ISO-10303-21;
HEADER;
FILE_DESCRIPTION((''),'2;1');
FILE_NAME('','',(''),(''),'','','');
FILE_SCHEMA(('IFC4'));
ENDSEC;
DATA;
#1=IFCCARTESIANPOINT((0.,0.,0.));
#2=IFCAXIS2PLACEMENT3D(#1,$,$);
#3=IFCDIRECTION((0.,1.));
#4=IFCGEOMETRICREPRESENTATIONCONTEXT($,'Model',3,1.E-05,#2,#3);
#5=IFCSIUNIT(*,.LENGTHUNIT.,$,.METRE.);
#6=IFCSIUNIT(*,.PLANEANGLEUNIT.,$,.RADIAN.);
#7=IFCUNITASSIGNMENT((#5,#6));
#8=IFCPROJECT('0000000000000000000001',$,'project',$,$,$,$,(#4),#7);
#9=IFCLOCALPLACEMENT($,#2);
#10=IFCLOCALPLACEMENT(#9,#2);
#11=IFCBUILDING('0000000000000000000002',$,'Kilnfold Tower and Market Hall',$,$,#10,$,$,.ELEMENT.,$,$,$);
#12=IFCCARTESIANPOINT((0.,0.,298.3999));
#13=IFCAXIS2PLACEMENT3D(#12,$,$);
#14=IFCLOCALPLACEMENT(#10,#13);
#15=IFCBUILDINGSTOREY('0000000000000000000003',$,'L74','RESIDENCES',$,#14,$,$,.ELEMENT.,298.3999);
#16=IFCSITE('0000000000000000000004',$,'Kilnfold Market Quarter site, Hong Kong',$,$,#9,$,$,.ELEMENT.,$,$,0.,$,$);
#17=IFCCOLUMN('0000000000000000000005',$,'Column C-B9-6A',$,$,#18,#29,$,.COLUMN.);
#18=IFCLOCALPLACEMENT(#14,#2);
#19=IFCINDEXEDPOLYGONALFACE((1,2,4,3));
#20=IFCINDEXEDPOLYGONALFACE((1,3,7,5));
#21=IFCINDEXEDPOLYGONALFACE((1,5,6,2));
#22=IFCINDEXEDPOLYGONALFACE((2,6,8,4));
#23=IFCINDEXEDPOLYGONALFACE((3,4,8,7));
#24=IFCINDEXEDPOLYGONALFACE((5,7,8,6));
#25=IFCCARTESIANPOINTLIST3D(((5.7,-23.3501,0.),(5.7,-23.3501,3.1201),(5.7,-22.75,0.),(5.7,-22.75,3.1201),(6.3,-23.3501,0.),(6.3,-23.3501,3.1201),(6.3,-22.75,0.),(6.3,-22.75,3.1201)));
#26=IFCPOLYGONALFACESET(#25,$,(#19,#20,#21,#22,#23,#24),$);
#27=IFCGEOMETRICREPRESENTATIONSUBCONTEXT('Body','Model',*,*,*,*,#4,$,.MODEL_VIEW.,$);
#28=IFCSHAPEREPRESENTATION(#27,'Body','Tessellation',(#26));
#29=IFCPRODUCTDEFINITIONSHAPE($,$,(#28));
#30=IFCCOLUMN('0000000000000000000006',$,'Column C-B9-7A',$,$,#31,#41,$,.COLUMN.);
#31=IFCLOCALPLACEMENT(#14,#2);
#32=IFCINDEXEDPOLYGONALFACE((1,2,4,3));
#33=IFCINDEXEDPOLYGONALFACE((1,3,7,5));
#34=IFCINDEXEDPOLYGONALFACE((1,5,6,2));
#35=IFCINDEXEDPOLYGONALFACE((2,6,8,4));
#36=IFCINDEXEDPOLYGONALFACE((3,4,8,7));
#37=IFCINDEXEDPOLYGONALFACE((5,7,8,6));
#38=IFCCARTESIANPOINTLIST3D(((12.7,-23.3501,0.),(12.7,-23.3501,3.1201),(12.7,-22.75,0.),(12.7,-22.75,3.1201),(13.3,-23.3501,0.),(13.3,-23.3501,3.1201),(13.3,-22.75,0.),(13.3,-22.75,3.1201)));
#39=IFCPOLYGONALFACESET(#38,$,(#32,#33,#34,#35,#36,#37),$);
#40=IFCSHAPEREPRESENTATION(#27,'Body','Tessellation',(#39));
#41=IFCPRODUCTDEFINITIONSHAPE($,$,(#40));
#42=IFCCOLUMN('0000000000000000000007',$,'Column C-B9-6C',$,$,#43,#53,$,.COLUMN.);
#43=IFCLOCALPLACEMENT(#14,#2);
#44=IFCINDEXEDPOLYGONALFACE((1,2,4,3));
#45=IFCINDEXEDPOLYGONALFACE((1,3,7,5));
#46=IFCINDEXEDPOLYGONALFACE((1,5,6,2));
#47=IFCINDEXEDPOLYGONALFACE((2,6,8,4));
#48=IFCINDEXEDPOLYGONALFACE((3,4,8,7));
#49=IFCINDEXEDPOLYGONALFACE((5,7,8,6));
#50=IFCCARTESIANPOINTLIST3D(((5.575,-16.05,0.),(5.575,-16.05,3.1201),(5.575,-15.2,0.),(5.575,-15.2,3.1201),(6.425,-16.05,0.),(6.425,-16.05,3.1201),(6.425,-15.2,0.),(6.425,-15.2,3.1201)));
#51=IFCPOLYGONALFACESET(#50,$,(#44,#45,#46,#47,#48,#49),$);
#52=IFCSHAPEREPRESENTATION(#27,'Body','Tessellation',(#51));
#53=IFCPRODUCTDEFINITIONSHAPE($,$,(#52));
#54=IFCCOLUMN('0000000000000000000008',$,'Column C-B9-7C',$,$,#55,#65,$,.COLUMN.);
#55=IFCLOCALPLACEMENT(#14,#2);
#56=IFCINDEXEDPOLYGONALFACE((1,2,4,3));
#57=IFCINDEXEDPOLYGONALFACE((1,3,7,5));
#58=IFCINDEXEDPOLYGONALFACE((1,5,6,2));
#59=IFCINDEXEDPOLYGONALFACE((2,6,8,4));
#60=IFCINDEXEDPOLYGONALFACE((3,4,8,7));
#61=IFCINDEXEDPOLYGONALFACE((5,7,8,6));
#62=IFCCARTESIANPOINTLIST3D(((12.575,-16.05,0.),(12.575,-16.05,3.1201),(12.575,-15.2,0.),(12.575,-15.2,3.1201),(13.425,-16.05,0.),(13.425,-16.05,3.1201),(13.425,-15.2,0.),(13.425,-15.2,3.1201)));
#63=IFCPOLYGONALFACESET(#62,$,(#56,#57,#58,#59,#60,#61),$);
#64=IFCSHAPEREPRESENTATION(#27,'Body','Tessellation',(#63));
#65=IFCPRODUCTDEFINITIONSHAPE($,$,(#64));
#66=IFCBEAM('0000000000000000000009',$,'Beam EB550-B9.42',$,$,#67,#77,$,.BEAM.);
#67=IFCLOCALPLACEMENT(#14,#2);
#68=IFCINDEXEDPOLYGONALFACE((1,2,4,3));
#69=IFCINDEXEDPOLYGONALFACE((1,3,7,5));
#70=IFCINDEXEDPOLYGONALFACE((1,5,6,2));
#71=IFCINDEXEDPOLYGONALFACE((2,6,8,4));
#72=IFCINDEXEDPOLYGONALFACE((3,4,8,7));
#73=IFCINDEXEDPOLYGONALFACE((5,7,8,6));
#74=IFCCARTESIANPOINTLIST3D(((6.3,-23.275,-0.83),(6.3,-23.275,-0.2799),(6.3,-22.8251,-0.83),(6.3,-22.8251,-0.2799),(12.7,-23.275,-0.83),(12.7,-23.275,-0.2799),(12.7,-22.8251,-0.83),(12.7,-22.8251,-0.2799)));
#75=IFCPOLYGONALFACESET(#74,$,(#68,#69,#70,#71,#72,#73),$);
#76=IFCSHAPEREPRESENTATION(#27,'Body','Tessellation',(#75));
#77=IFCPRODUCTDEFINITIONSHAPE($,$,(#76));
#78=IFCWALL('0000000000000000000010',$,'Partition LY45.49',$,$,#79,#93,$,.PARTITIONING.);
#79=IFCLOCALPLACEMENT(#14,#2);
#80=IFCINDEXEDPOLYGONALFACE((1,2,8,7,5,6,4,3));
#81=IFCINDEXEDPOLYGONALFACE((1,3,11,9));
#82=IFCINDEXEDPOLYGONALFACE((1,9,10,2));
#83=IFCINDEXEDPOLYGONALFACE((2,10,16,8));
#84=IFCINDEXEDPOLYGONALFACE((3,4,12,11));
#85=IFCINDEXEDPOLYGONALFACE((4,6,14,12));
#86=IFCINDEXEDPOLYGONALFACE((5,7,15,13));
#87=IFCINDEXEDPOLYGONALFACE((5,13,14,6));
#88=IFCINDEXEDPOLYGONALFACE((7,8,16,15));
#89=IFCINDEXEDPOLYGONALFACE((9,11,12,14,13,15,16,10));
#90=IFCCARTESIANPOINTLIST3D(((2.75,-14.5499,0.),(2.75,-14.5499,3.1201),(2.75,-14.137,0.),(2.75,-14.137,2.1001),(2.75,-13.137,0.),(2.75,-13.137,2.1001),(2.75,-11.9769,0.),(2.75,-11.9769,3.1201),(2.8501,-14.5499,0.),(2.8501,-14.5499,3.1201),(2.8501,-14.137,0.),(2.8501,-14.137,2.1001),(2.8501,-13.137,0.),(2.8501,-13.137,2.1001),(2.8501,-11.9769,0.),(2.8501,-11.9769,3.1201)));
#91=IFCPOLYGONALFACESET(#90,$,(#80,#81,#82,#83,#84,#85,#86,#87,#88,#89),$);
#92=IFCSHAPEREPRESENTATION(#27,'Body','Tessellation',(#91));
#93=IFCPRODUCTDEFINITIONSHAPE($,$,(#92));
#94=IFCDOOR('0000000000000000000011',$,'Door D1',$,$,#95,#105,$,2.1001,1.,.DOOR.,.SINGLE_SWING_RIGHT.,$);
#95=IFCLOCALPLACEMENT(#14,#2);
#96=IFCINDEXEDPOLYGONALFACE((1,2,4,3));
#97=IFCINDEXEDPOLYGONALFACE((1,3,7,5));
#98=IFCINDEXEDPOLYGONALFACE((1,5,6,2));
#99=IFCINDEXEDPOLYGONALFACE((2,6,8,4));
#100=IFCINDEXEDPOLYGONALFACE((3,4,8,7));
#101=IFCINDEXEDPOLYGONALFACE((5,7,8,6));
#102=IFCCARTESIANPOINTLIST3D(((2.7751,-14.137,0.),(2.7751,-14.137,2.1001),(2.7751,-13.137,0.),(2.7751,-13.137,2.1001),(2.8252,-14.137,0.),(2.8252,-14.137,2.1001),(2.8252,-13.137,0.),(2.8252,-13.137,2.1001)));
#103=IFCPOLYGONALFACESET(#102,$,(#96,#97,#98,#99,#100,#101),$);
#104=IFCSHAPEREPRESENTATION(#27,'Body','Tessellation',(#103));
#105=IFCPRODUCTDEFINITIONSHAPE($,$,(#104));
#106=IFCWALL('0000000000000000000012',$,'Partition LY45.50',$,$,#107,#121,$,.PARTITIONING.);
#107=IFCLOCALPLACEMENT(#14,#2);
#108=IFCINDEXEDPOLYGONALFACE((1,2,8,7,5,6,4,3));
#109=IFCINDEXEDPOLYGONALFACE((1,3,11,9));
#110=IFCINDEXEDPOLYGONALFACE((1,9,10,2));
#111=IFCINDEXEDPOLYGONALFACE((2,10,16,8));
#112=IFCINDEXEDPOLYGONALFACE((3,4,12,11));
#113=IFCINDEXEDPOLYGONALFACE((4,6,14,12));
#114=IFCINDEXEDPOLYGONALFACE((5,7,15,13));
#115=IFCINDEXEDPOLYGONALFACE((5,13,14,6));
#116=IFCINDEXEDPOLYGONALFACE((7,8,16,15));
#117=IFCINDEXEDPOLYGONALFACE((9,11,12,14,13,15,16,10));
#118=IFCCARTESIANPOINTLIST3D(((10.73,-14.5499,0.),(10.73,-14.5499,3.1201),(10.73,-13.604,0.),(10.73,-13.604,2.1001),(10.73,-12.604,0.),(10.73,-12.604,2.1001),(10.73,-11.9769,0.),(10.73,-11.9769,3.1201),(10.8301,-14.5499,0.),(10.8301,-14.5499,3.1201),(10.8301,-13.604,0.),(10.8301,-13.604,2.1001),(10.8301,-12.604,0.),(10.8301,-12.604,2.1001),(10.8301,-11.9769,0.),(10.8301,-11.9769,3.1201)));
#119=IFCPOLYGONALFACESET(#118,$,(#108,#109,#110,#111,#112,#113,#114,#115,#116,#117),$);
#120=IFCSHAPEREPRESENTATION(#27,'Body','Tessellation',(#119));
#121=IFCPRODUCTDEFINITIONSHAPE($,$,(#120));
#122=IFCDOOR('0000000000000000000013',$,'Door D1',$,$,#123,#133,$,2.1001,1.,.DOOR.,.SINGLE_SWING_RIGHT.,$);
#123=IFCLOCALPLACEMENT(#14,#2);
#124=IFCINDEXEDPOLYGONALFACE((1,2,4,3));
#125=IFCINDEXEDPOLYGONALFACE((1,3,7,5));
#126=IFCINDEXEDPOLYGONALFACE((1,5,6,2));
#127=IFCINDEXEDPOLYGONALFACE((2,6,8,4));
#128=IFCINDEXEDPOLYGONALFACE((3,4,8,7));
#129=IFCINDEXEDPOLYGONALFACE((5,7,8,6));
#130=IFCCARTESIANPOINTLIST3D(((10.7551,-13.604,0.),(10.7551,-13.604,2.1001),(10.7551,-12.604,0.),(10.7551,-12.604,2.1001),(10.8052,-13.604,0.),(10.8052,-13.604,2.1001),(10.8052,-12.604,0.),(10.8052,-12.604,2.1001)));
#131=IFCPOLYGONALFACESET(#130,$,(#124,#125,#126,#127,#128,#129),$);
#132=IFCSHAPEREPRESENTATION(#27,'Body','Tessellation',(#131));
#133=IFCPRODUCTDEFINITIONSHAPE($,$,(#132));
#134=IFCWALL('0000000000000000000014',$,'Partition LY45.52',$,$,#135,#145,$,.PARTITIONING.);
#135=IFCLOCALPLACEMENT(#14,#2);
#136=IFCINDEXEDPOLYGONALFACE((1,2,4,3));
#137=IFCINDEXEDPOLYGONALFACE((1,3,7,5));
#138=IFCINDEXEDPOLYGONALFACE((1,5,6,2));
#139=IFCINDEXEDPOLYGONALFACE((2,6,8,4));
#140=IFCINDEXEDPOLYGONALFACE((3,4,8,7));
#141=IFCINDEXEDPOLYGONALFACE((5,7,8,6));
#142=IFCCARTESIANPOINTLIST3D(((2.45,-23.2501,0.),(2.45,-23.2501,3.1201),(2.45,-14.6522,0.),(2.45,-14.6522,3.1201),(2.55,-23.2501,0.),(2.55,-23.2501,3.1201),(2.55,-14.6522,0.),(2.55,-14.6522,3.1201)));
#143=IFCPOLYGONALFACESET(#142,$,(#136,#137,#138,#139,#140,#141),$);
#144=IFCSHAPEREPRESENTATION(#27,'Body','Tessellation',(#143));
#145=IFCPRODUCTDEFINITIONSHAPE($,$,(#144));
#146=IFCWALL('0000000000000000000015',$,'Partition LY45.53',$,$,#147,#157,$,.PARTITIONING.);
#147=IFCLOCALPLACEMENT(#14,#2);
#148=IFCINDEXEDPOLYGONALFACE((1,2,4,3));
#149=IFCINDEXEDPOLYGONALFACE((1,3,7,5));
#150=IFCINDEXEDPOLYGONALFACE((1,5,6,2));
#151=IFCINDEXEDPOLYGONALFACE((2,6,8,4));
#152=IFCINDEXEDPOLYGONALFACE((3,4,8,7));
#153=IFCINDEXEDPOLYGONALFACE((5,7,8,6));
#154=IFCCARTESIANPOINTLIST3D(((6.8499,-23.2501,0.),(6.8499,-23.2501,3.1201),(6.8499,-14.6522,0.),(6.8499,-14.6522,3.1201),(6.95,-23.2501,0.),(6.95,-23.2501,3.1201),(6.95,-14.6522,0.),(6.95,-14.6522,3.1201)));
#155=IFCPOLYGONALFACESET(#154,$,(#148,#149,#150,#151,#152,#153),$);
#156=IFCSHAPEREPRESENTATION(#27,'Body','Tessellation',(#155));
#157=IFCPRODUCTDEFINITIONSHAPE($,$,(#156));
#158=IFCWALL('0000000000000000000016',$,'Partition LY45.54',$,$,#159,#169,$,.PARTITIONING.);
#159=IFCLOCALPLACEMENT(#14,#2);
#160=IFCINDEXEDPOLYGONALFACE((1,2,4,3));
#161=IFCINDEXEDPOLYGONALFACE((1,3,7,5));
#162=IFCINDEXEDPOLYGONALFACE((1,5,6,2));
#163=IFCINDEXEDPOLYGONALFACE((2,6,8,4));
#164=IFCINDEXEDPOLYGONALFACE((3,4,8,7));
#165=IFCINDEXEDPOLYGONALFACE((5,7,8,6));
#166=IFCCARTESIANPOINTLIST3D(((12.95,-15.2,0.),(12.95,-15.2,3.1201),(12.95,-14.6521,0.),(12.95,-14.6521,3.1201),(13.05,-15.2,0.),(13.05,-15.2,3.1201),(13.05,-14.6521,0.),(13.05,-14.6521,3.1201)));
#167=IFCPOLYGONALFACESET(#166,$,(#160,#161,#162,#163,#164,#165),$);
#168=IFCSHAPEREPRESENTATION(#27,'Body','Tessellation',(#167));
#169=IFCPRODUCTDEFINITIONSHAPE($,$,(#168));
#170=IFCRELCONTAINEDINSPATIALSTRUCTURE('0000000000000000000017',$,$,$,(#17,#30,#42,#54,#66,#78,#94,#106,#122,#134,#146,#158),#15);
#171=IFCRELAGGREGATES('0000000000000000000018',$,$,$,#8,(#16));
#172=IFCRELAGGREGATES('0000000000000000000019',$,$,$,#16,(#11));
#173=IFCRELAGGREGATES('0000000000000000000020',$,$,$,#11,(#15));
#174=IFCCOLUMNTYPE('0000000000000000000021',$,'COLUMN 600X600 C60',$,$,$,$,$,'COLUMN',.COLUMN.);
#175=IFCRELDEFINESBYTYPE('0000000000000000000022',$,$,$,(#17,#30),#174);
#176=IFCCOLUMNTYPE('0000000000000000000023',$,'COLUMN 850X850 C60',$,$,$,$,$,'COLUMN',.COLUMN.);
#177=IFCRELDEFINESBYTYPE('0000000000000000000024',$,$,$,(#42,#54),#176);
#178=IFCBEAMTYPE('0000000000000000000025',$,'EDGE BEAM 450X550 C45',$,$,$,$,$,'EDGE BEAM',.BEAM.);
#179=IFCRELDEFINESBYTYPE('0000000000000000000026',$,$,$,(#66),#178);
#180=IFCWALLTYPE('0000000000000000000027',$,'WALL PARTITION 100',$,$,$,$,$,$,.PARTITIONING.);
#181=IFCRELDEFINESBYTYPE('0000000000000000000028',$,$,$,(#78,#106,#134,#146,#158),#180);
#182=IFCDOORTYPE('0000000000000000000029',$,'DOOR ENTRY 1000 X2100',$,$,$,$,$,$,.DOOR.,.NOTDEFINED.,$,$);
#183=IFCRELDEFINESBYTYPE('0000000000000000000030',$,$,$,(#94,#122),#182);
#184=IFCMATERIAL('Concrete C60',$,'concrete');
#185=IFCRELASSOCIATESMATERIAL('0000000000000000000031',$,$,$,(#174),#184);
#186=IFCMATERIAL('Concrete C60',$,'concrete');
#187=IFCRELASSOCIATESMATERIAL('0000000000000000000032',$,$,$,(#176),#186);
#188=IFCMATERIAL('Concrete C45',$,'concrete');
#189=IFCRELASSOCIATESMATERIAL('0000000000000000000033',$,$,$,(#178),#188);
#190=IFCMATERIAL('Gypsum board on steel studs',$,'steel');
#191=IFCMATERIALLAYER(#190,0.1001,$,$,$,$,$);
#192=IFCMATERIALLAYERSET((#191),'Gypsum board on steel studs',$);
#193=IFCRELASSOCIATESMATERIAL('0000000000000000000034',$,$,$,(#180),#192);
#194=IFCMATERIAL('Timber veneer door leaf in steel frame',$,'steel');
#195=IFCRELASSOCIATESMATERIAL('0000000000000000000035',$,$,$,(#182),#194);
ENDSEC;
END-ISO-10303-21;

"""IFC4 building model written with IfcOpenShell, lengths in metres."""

from ifc_helpers import new_model, si_unit, direction, frame, frame_2d, origin, origin_2d, place, context, subcontext, project, spatial, rectangle, extrude, source, transform, mapped, material, layer, layer_set, material_profile, profile_set, type_object, element, fill, save


model = new_model("IFC4")

# Units and contexts
model_context = context("Model", 3, precision=1e-05, world=origin(), true_north=direction((0.0, 1.0)))
body_context = subcontext(model_context, "Body", "Model", "MODEL_VIEW")
ifc_project = project(units=[si_unit("LENGTHUNIT", "METRE"), si_unit("PLANEANGLEUNIT", "RADIAN")], contexts=[model_context])

# Site, building, storey
site_placement = place(None, origin())
site = spatial("IfcSite", under=ifc_project, at=site_placement, Name="Kilnfold Market Quarter site, Hong Kong", CompositionType="ELEMENT", RefElevation=0.0)
building_placement = place(site_placement, origin())
building = spatial("IfcBuilding", under=site, at=building_placement, Name="Kilnfold Tower and Market Hall", CompositionType="ELEMENT")
storey_placement = place(building_placement, frame((0.0, 0.0, 298.3999)))
storey = spatial("IfcBuildingStorey", under=building, at=storey_placement, Name="L74", Description="RESIDENCES", CompositionType="ELEMENT", Elevation=298.3999)

# Columns
ifc_material_1 = material(Name="Concrete C60", Category="concrete")
ifc_material_profile_1 = material_profile(ifc_material_1, rectangle(XDim=0.6001, YDim=0.6001, at=origin_2d()), Name="RC 600x600")
ifc_profile_set_1 = profile_set([ifc_material_profile_1], Name="Concrete C60")
column_type_1 = type_object("IfcColumnType", Name="COLUMN 600X600 C60", ElementType="COLUMN", PredefinedType="COLUMN", material=ifc_profile_set_1)
shared_shape_1 = source(origin(), body_context, "Body", "SweptSolid", [
    extrude(rectangle(XDim=0.6001, YDim=0.6001, at=origin_2d()), origin(), (0.0, 0.0, 1.0), 3.1201),
])
for number, where, z_axis, x_axis, name in (
    (1, (6.0, -23.05, 0.0), (0.0, 0.0, 1.0), (1.0, 0.0, 0.0), "Column C-B9-6A"),
    (2, (13.0, -23.05, 0.0), (0.0, 0.0, 1.0), (1.0, 0.0, 0.0), "Column C-B9-7A"),
):
    element("IfcColumn", number, at=place(storey_placement, frame(where, z_axis=z_axis, x_axis=x_axis)), inside=storey, type_object=column_type_1, Name=name, PredefinedType="COLUMN", context=body_context, shape_type="MappedRepresentation", body=[
        mapped(shared_shape_1, transform((0.0, 0.0, 0.0))),
    ])
ifc_material_2 = material(Name="Concrete C60", Category="concrete")
ifc_material_profile_2 = material_profile(ifc_material_2, rectangle(XDim=0.8501, YDim=0.8501, at=origin_2d()), Name="RC 850x850")
ifc_profile_set_2 = profile_set([ifc_material_profile_2], Name="Concrete C60")
column_type_2 = type_object("IfcColumnType", Name="COLUMN 850X850 C60", ElementType="COLUMN", PredefinedType="COLUMN", material=ifc_profile_set_2)
shared_shape_2 = source(origin(), body_context, "Body", "SweptSolid", [
    extrude(rectangle(XDim=0.8501, YDim=0.8501, at=origin_2d()), origin(), (0.0, 0.0, 1.0), 3.1201),
])
for number, where, z_axis, x_axis, name in (
    (3, (6.0, -15.625, 0.0), (0.0, 0.0, 1.0), (1.0, 0.0, 0.0), "Column C-B9-6C"),
    (4, (13.0, -15.625, 0.0), (0.0, 0.0, 1.0), (1.0, 0.0, 0.0), "Column C-B9-7C"),
):
    element("IfcColumn", number, at=place(storey_placement, frame(where, z_axis=z_axis, x_axis=x_axis)), inside=storey, type_object=column_type_2, Name=name, PredefinedType="COLUMN", context=body_context, shape_type="MappedRepresentation", body=[
        mapped(shared_shape_2, transform((0.0, 0.0, 0.0))),
    ])

# Beam
ifc_material_3 = material(Name="Concrete C45", Category="concrete")
ifc_material_profile_3 = material_profile(ifc_material_3, rectangle(XDim=0.45, YDim=0.55, at=origin_2d()), Name="RC 450x550")
ifc_profile_set_3 = profile_set([ifc_material_profile_3], Name="Concrete C45")
beam_type = type_object("IfcBeamType", Name="EDGE BEAM 450X550 C45", ElementType="EDGE BEAM", PredefinedType="BEAM", material=ifc_profile_set_3)
shared_shape_3 = source(origin(), body_context, "Body", "SweptSolid", [
    extrude(rectangle(XDim=0.45, YDim=0.55, at=origin_2d()), origin(), (0.0, 0.0, 1.0), 6.3999),
])
beam_placement = place(storey_placement, frame((6.3, -23.05, -0.5549), z_axis=(1.0, 0.0, 0.0), x_axis=(0.0, 1.0, 0.0)))
element("IfcBeam", 5, at=beam_placement, inside=storey, type_object=beam_type, Name="Beam EB550-B9.42", PredefinedType="BEAM", context=body_context, shape_type="MappedRepresentation", body=[
    mapped(shared_shape_3, transform((0.0, 0.0, 0.0))),
])

# Walls, openings, doors
ifc_material_4 = material(Name="Gypsum board on steel studs", Category="steel")
ifc_layer_1 = layer(ifc_material_4, 0.1001)
ifc_layer_set_1 = layer_set([ifc_layer_1], Name="Gypsum board on steel studs")
wall_type_1 = type_object("IfcWallType", Name="WALL PARTITION 100", PredefinedType="PARTITIONING", material=ifc_layer_set_1)
wall_1_placement = place(storey_placement, frame((2.8, -14.55, 0.0), z_axis=(0.0, 0.0, 1.0), x_axis=(0.0, 1.0, 0.0)))
wall_1 = element("IfcWall", 6, at=wall_1_placement, inside=storey, type_object=wall_type_1, Name="Partition LY45.49", PredefinedType="PARTITIONING", context=body_context, shape_type="SweptSolid", body=[
    extrude(rectangle(XDim=2.573, YDim=0.1001, at=frame_2d((1.2866, 0.0))), origin(), (0.0, 0.0, 1.0), 3.1201),
])
opening_1_placement = place(wall_1_placement, frame((0.4131, 0.0, 0.0)))
opening_1 = element("IfcOpeningElement", 7, at=opening_1_placement, cuts=wall_1, PredefinedType="OPENING", context=body_context, shape_type="SweptSolid", body=[
    extrude(rectangle(XDim=1.0, YDim=2.1001, at=frame_2d((0.5, 1.05))), frame((0.0, 0.0601, 0.0), z_axis=(0.0, -1.0, 0.0), x_axis=(1.0, 0.0, 0.0)), (0.0, 0.0, 1.0), 0.1201),
])
ifc_material_5 = material(Name="Timber veneer door leaf in steel frame", Category="steel")
door_type_1 = type_object("IfcDoorType", Name="DOOR ENTRY 1000 X2100", OperationType="NOTDEFINED", PredefinedType="DOOR", material=ifc_material_5)
door_1_placement = place(opening_1_placement, origin())
door_1 = element("IfcDoor", 8, at=door_1_placement, inside=storey, type_object=door_type_1, Name="Door D1", OperationType="SINGLE_SWING_RIGHT", OverallHeight=2.1001, OverallWidth=1.0, PredefinedType="DOOR", context=body_context, shape_type="SweptSolid", body=[
    extrude(rectangle(XDim=1.0, YDim=2.1001, at=frame_2d((0.5, 1.05))), frame((0.0, 0.0249, 0.0), z_axis=(0.0, -1.0, 0.0), x_axis=(1.0, 0.0, 0.0)), (0.0, 0.0, 1.0), 0.05),
])
fill(opening_1, door_1)
wall_2_placement = place(storey_placement, frame((10.78, -14.55, 0.0), z_axis=(0.0, 0.0, 1.0), x_axis=(0.0, 1.0, 0.0)))
wall_2 = element("IfcWall", 9, at=wall_2_placement, inside=storey, type_object=wall_type_1, Name="Partition LY45.50", PredefinedType="PARTITIONING", context=body_context, shape_type="SweptSolid", body=[
    extrude(rectangle(XDim=2.573, YDim=0.1001, at=frame_2d((1.2866, 0.0))), origin(), (0.0, 0.0, 1.0), 3.1201),
])
opening_2_placement = place(wall_2_placement, frame((0.946, 0.0, 0.0)))
opening_2 = element("IfcOpeningElement", 10, at=opening_2_placement, cuts=wall_2, PredefinedType="OPENING", context=body_context, shape_type="SweptSolid", body=[
    extrude(rectangle(XDim=1.0, YDim=2.1001, at=frame_2d((0.5, 1.05))), frame((0.0, 0.0601, 0.0), z_axis=(0.0, -1.0, 0.0), x_axis=(1.0, 0.0, 0.0)), (0.0, 0.0, 1.0), 0.1201),
])
door_2_placement = place(opening_2_placement, origin())
door_2 = element("IfcDoor", 11, at=door_2_placement, inside=storey, type_object=door_type_1, Name="Door D1", OperationType="SINGLE_SWING_RIGHT", OverallHeight=2.1001, OverallWidth=1.0, PredefinedType="DOOR", context=body_context, shape_type="SweptSolid", body=[
    extrude(rectangle(XDim=1.0, YDim=2.1001, at=frame_2d((0.5, 1.05))), frame((0.0, 0.0249, 0.0), z_axis=(0.0, -1.0, 0.0), x_axis=(1.0, 0.0, 0.0)), (0.0, 0.0, 1.0), 0.05),
])
fill(opening_2, door_2)

# Walls
for number, where, z_axis, x_axis, name in (
    (12, (2.5, -23.25, 0.0), (0.0, 0.0, 1.0), (0.0, 1.0, 0.0), "Partition LY45.52"),
    (13, (6.8999, -23.25, 0.0), (0.0, 0.0, 1.0), (0.0, 1.0, 0.0), "Partition LY45.53"),
):
    element("IfcWall", number, at=place(storey_placement, frame(where, z_axis=z_axis, x_axis=x_axis)), inside=storey, type_object=wall_type_1, Name=name, PredefinedType="PARTITIONING", context=body_context, shape_type="SweptSolid", body=[
        extrude(rectangle(XDim=8.5979, YDim=0.1001, at=frame_2d((4.2988, 0.0))), origin(), (0.0, 0.0, 1.0), 3.1201),
    ])
wall_3_placement = place(storey_placement, frame((13.0, -15.2, 0.0), z_axis=(0.0, 0.0, 1.0), x_axis=(0.0, 1.0, 0.0)))
element("IfcWall", 14, at=wall_3_placement, inside=storey, type_object=wall_type_1, Name="Partition LY45.54", PredefinedType="PARTITIONING", context=body_context, shape_type="SweptSolid", body=[
    extrude(rectangle(XDim=0.5479, YDim=0.1001, at=frame_2d((0.2739, 0.0))), origin(), (0.0, 0.0, 1.0), 3.1201),
])

save(model, "model.ifc")
